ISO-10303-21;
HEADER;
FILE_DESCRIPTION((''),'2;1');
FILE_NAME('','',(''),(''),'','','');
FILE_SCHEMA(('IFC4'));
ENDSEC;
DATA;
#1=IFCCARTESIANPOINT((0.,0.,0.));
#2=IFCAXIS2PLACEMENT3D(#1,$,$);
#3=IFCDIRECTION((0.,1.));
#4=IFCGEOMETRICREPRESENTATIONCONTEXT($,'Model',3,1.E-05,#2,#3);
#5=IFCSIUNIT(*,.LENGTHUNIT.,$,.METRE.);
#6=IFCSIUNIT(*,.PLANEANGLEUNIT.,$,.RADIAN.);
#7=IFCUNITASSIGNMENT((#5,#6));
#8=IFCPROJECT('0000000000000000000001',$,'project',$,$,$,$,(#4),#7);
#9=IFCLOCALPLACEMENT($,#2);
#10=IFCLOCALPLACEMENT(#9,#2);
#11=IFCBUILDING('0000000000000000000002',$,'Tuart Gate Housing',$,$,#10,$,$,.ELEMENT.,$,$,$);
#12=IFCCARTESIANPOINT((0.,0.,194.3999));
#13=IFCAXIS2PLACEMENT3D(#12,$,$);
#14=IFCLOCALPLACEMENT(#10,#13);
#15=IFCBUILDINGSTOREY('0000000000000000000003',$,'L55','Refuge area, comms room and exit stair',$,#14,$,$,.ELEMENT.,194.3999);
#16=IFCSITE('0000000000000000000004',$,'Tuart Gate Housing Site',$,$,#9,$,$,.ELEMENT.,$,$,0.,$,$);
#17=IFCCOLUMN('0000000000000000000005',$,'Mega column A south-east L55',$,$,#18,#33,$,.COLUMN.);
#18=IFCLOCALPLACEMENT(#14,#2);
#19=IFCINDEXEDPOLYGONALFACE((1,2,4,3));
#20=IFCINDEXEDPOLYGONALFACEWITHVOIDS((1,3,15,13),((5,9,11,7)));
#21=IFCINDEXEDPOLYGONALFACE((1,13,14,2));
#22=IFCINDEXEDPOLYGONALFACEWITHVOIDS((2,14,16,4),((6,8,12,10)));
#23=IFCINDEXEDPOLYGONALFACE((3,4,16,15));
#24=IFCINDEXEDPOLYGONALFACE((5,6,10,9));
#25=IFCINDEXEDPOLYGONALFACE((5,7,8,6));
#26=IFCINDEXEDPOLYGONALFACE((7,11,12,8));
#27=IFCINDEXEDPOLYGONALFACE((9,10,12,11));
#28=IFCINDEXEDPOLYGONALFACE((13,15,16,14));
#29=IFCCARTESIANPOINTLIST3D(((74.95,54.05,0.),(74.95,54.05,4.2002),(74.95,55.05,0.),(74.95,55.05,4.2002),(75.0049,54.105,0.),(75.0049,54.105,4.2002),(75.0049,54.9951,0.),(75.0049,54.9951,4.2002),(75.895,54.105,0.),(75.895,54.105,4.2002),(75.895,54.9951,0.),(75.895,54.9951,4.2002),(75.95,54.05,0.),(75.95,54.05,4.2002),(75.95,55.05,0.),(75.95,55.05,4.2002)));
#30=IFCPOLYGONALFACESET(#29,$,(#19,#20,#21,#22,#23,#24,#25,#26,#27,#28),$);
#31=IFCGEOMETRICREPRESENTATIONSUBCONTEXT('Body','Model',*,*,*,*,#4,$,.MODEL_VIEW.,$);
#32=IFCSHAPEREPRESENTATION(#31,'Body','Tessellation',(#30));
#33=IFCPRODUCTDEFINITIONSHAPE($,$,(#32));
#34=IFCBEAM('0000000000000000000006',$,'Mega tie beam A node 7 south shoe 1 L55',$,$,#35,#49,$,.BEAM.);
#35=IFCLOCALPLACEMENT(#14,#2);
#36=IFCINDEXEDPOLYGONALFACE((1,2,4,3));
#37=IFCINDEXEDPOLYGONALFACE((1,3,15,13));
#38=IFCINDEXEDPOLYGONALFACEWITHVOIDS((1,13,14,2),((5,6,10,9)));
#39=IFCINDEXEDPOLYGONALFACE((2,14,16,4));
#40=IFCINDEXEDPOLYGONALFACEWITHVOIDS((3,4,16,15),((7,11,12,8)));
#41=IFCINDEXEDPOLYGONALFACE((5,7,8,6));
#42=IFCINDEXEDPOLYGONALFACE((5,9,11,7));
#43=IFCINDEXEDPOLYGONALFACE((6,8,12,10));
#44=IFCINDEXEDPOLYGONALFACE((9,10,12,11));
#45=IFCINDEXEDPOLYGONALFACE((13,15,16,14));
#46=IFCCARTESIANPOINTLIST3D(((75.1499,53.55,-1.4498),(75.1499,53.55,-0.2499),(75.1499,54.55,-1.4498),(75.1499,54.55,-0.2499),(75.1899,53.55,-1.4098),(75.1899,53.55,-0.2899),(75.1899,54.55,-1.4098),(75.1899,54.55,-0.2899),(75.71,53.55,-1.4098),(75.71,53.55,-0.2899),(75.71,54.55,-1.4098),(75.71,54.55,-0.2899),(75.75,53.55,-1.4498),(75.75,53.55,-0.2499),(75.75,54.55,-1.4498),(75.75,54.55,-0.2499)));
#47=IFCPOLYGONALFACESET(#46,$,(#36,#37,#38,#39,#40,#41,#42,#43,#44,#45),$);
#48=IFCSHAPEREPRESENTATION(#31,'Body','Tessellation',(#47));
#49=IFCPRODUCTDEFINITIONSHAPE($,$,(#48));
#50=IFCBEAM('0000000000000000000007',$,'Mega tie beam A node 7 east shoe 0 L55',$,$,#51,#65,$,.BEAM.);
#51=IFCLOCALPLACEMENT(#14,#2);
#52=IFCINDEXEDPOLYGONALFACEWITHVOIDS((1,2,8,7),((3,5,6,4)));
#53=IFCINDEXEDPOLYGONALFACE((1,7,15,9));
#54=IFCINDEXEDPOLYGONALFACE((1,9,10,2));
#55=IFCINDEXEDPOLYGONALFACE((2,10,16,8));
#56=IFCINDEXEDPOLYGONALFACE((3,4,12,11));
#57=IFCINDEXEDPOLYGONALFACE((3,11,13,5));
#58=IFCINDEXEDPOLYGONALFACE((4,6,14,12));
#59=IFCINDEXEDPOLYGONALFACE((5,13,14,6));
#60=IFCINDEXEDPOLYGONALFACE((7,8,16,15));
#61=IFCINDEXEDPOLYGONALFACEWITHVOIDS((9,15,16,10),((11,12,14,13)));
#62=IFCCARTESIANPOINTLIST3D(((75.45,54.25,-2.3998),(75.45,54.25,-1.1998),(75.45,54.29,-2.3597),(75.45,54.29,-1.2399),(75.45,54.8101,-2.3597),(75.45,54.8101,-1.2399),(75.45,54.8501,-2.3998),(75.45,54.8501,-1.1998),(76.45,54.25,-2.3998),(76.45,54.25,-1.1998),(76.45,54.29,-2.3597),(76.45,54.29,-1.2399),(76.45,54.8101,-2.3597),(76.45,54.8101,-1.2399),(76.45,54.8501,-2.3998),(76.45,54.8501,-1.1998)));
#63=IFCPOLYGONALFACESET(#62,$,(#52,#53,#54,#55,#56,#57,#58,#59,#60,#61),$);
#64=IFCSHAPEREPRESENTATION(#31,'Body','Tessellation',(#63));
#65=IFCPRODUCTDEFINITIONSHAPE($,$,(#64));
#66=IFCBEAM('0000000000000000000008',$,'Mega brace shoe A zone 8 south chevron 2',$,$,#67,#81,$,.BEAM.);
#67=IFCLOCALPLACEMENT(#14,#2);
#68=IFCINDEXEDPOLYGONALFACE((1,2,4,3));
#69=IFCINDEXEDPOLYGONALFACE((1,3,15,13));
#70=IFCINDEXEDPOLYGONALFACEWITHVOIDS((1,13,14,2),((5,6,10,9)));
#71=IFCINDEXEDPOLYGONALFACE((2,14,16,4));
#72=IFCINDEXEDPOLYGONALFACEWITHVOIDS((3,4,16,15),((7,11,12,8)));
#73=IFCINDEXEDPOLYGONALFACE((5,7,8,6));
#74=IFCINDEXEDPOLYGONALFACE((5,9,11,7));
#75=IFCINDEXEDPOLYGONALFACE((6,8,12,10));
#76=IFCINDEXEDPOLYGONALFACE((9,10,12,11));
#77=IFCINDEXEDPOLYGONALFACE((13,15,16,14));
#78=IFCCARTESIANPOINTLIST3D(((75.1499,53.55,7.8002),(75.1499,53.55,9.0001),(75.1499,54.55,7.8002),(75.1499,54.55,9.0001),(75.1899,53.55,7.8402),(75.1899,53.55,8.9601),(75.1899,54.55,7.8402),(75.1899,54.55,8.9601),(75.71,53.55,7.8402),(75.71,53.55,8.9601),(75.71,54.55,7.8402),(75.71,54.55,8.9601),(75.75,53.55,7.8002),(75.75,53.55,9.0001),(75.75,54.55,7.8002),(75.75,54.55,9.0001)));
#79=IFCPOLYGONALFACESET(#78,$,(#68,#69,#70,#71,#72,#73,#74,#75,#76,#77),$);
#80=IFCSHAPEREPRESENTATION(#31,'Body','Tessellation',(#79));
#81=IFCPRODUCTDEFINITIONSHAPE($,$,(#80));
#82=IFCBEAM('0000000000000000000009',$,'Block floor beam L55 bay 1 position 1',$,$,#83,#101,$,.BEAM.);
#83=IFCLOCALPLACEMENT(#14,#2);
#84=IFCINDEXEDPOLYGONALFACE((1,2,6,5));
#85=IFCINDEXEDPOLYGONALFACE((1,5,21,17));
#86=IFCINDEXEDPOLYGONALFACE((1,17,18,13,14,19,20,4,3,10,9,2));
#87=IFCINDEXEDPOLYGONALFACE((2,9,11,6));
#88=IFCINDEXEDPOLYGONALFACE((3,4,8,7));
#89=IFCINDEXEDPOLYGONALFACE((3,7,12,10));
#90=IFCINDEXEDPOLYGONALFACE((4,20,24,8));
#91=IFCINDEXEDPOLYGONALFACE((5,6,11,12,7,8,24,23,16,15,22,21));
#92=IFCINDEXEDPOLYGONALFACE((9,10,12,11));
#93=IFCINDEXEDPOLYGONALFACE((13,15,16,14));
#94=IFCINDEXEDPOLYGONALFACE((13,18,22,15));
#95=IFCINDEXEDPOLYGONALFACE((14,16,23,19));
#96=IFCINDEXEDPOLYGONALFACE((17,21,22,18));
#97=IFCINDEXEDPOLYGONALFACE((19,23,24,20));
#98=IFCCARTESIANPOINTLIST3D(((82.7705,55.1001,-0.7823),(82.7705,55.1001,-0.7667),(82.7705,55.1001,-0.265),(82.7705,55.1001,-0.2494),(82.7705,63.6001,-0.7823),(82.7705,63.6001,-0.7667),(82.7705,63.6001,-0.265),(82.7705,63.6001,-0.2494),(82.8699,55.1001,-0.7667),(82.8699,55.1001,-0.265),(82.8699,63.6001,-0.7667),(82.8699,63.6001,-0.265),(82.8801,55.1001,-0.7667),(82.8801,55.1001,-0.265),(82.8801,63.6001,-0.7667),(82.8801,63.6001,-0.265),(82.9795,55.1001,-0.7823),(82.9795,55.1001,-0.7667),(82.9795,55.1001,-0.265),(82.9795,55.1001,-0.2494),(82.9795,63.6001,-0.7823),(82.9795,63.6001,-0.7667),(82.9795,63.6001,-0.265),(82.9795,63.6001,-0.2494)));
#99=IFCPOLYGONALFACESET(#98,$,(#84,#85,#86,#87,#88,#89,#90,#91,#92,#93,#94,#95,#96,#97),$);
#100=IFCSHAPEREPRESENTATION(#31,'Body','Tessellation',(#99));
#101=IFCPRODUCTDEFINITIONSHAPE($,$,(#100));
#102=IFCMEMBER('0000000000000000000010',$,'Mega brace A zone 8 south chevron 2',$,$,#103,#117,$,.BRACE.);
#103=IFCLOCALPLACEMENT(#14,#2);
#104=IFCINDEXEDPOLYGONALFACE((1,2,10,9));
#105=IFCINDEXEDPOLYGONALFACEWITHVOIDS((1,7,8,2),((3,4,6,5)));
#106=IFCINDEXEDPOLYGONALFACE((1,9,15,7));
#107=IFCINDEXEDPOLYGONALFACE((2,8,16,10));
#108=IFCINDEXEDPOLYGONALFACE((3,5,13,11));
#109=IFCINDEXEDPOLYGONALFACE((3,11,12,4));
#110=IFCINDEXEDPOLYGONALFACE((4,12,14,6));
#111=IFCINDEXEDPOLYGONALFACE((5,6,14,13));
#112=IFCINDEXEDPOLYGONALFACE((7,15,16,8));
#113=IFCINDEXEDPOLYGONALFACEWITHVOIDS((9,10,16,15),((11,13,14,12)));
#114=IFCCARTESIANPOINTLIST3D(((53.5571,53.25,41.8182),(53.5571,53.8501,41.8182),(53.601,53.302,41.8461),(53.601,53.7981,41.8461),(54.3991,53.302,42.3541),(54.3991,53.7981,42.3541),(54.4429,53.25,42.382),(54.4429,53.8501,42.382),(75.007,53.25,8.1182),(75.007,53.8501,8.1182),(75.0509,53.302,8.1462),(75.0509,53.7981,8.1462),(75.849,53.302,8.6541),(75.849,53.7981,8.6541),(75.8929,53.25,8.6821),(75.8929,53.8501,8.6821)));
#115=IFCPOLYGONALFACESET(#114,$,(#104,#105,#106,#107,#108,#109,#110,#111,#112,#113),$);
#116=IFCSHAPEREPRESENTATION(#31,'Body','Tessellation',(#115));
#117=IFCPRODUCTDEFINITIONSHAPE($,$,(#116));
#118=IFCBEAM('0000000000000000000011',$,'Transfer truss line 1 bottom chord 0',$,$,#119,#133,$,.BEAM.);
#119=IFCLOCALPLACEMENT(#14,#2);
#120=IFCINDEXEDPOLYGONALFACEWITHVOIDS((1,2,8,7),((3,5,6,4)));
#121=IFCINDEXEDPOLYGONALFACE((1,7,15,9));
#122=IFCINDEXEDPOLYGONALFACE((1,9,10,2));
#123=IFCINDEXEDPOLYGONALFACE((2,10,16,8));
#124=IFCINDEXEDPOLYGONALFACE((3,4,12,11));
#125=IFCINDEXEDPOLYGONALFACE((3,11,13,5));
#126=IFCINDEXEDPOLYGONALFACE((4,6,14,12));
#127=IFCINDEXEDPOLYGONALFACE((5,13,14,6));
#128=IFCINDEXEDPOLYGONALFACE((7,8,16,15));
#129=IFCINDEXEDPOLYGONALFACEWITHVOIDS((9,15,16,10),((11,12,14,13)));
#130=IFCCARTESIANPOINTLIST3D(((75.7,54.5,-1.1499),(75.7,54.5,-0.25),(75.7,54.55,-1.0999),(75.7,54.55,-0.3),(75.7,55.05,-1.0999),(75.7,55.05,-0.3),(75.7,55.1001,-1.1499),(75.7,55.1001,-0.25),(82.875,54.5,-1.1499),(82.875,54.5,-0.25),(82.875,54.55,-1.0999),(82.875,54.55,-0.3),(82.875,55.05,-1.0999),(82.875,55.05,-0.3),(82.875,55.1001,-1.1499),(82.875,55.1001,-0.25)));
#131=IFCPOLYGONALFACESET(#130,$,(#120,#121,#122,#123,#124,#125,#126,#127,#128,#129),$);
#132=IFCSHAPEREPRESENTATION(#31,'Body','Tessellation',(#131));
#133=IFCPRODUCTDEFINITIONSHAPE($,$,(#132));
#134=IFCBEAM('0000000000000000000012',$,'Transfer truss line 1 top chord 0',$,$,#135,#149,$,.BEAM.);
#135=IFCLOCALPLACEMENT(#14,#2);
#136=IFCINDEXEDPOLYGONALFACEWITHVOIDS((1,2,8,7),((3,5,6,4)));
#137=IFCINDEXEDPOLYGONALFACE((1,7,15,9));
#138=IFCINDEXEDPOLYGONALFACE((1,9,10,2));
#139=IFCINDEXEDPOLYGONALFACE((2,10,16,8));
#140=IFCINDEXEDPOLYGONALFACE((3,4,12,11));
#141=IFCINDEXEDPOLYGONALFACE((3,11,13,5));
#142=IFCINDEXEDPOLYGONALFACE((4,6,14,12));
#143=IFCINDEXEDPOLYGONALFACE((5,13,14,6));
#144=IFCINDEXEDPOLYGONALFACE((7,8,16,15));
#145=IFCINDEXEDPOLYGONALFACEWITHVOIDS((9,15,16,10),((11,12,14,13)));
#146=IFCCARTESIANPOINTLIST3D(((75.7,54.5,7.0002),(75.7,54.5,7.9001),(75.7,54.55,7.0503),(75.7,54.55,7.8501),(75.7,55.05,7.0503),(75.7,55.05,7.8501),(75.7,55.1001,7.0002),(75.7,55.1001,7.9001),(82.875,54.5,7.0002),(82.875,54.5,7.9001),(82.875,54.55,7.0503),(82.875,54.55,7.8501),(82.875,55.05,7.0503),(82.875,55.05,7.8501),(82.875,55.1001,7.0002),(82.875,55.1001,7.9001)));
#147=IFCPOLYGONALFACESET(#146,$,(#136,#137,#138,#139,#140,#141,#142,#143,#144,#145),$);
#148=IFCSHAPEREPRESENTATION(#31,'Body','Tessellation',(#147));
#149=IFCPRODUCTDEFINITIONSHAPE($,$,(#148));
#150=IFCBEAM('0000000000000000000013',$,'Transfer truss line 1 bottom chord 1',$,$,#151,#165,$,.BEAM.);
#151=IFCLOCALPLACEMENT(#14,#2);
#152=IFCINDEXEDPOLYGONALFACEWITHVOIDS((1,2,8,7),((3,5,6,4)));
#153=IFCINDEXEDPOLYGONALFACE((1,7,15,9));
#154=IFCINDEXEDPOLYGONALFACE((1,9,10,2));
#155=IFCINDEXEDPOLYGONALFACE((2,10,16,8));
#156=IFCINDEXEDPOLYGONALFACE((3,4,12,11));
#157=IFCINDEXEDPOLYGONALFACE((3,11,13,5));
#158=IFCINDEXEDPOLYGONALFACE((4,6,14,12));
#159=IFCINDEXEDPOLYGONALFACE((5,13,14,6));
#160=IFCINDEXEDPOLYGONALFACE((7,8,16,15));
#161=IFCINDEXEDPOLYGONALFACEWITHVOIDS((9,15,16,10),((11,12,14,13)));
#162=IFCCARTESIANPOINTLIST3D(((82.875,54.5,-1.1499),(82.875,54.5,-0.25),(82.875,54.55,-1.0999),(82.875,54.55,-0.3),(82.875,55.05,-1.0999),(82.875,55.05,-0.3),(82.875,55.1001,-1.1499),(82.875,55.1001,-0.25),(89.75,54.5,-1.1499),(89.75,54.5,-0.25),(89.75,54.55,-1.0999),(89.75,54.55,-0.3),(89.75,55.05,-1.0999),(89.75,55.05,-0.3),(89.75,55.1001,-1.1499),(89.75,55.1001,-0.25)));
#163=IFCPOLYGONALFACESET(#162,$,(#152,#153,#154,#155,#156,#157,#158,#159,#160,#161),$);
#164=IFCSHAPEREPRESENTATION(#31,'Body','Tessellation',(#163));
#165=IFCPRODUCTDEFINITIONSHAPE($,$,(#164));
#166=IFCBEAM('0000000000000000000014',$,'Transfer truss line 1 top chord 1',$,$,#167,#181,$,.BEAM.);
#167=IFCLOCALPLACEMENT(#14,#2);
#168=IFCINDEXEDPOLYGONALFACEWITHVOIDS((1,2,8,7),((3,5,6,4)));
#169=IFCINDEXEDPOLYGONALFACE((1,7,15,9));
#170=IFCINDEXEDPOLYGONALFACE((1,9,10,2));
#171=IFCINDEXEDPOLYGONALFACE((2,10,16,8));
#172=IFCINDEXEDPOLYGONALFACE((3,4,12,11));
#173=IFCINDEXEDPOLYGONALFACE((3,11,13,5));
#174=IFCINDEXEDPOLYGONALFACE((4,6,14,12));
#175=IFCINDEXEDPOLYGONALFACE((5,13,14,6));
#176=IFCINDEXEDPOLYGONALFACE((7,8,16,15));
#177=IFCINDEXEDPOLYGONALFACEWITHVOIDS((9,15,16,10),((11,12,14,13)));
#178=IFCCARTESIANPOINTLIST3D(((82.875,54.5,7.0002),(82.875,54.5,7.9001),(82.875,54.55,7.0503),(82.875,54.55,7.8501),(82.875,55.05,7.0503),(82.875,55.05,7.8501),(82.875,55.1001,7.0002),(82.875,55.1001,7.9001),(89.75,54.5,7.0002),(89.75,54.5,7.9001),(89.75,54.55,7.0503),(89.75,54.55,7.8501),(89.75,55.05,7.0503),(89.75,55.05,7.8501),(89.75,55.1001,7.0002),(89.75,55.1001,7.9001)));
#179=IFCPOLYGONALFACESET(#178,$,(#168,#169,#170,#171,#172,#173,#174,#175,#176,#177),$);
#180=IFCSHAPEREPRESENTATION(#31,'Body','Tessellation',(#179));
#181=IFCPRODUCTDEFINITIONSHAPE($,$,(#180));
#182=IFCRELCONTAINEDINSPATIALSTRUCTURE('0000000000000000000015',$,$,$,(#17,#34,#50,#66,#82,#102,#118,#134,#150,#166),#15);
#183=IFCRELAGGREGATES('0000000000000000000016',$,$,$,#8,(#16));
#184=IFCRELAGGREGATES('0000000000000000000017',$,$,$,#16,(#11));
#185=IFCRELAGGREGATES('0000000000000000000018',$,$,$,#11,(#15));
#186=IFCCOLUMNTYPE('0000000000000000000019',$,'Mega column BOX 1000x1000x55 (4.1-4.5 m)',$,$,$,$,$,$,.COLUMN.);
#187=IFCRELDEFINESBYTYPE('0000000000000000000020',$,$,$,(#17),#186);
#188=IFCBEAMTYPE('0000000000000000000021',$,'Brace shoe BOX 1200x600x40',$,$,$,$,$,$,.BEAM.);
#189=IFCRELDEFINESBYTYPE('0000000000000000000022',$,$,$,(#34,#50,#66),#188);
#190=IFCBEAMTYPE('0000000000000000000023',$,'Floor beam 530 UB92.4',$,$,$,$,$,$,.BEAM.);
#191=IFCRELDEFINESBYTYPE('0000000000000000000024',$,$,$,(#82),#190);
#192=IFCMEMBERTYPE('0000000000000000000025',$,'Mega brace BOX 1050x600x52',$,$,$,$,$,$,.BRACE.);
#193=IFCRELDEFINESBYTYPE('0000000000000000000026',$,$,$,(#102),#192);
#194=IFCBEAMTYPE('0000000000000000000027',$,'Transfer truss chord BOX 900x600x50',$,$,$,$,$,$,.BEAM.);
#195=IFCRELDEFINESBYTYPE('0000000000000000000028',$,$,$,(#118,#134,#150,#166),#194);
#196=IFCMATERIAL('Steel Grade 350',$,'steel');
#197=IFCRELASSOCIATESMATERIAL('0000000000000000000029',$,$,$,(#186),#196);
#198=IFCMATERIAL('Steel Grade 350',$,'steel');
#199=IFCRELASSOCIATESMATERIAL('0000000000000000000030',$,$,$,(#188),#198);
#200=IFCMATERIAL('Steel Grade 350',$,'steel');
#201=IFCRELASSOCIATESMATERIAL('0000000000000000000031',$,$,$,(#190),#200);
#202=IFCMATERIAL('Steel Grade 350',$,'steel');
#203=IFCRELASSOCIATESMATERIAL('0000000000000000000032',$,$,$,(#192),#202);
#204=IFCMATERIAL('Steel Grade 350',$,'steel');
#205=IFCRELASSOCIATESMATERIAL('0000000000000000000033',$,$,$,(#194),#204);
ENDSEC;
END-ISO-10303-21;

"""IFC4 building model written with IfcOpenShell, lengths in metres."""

from ifc_helpers import new_model, si_unit, direction, frame, origin, origin_2d, place, context, subcontext, project, spatial, hollow_rectangle, i_section, extrude, material, material_profile, profile_set, type_object, element, save


model = new_model("IFC4")

# Units and contexts
model_context = context("Model", 3, precision=1e-05, world=origin(), true_north=direction((0.0, 1.0)))
body_context = subcontext(model_context, "Body", "Model", "MODEL_VIEW")
ifc_project = project(units=[si_unit("LENGTHUNIT", "METRE"), si_unit("PLANEANGLEUNIT", "RADIAN")], contexts=[model_context])

# Site, building, storey
site_placement = place(None, origin())
site = spatial("IfcSite", under=ifc_project, at=site_placement, Name="Tuart Gate Housing Site", CompositionType="ELEMENT", RefElevation=0.0)
building_placement = place(site_placement, origin())
building = spatial("IfcBuilding", under=site, at=building_placement, Name="Tuart Gate Housing", CompositionType="ELEMENT")
storey_placement = place(building_placement, frame((0.0, 0.0, 194.3999)))
storey = spatial("IfcBuildingStorey", under=building, at=storey_placement, Name="L55", Description="Refuge area, comms room and exit stair", CompositionType="ELEMENT", Elevation=194.3999)

# Column
ifc_material_1 = material(Name="Steel Grade 350", Category="steel")
ifc_material_profile_1 = material_profile(ifc_material_1, hollow_rectangle(XDim=1.0, YDim=1.0, WallThickness=0.0549, at=origin_2d()), Name="BOX 1000x1000x55")
ifc_profile_set_1 = profile_set([ifc_material_profile_1], Name="Steel Grade 350")
column_type = type_object("IfcColumnType", Name="Mega column BOX 1000x1000x55 (4.1-4.5 m)", PredefinedType="COLUMN", material=ifc_profile_set_1)
column_placement = place(storey_placement, frame((75.45, 54.55, 0.0), z_axis=(0.0, 0.0, 1.0), x_axis=(1.0, 0.0, 0.0)))
element("IfcColumn", 1, at=column_placement, inside=storey, type_object=column_type, Name="Mega column A south-east L55", PredefinedType="COLUMN", context=body_context, shape_type="SweptSolid", body=[
    extrude(hollow_rectangle(XDim=1.0, YDim=1.0, WallThickness=0.0549, at=origin_2d()), origin(), (0.0, 0.0, 1.0), 4.2002),
])

# Beams
ifc_material_2 = material(Name="Steel Grade 350", Category="steel")
ifc_material_profile_2 = material_profile(ifc_material_2, hollow_rectangle(XDim=0.6001, YDim=1.2, WallThickness=0.04, at=origin_2d()), Name="BOX 1200x600x40")
ifc_profile_set_2 = profile_set([ifc_material_profile_2], Name="Steel Grade 350")
beam_type_1 = type_object("IfcBeamType", Name="Brace shoe BOX 1200x600x40", PredefinedType="BEAM", material=ifc_profile_set_2)
for number, where, z_axis, x_axis, name in (
    (2, (75.45, 54.55, -0.8499), (0.0, -1.0, 0.0), (1.0, 0.0, 0.0), "Mega tie beam A node 7 south shoe 1 L55"),
    (3, (75.45, 54.55, -1.7998), (1.0, 0.0, 0.0), (0.0, 1.0, 0.0), "Mega tie beam A node 7 east shoe 0 L55"),
    (4, (75.45, 54.55, 8.4001), (0.0, -1.0, 0.0), (1.0, 0.0, 0.0), "Mega brace shoe A zone 8 south chevron 2"),
):
    element("IfcBeam", number, at=place(storey_placement, frame(where, z_axis=z_axis, x_axis=x_axis)), inside=storey, type_object=beam_type_1, Name=name, PredefinedType="BEAM", context=body_context, shape_type="SweptSolid", body=[
        extrude(hollow_rectangle(XDim=0.6001, YDim=1.2, WallThickness=0.04, at=origin_2d()), origin(), (0.0, 0.0, 1.0), 1.0),
    ])
ifc_material_3 = material(Name="Steel Grade 350", Category="steel")
ifc_material_profile_3 = material_profile(ifc_material_3, i_section(OverallWidth=0.209, OverallDepth=0.533, WebThickness=0.0103, FlangeThickness=0.0156, at=origin_2d()), Name="530UB92.4")
ifc_profile_set_3 = profile_set([ifc_material_profile_3], Name="Steel Grade 350")
beam_type_2 = type_object("IfcBeamType", Name="Floor beam 530 UB92.4", PredefinedType="BEAM", material=ifc_profile_set_3)
beam_1_placement = place(storey_placement, frame((82.875, 55.1001, -0.5159), z_axis=(0.0, 1.0, 0.0), x_axis=(-1.0, 0.0, 0.0)))
element("IfcBeam", 5, at=beam_1_placement, inside=storey, type_object=beam_type_2, Name="Block floor beam L55 bay 1 position 1", PredefinedType="BEAM", context=body_context, shape_type="SweptSolid", body=[
    extrude(i_section(OverallWidth=0.209, OverallDepth=0.533, WebThickness=0.0103, FlangeThickness=0.0156, at=origin_2d()), origin(), (0.0, 0.0, 1.0), 8.5),
])

# Member
ifc_material_4 = material(Name="Steel Grade 350", Category="steel")
ifc_material_profile_4 = material_profile(ifc_material_4, hollow_rectangle(XDim=0.6001, YDim=1.05, WallThickness=0.052, at=origin_2d()), Name="BOX 1050x600x52")
ifc_profile_set_4 = profile_set([ifc_material_profile_4], Name="Steel Grade 350")
member_type_1 = type_object("IfcMemberType", Name="Mega brace BOX 1050x600x52", PredefinedType="BRACE", material=ifc_profile_set_4)
member_1_placement = place(storey_placement, frame((75.45, 53.55, 8.4001), z_axis=(-0.536956, 0.0, 0.84361), x_axis=(0.0, -1.0, 0.0)))
element("IfcMember", 6, at=member_1_placement, inside=storey, type_object=member_type_1, Name="Mega brace A zone 8 south chevron 2", PredefinedType="BRACE", context=body_context, shape_type="SweptSolid", body=[
    extrude(hollow_rectangle(XDim=0.6001, YDim=1.05, WallThickness=0.052, at=origin_2d()), origin(), (0.0, 0.0, 1.0), 39.9473),
])

# Beams
ifc_material_5 = material(Name="Steel Grade 350", Category="steel")
ifc_material_profile_5 = material_profile(ifc_material_5, hollow_rectangle(XDim=0.6001, YDim=0.8999, WallThickness=0.05, at=origin_2d()), Name="BOX 900x600x50")
ifc_profile_set_5 = profile_set([ifc_material_profile_5], Name="Steel Grade 350")
beam_type_3 = type_object("IfcBeamType", Name="Transfer truss chord BOX 900x600x50", PredefinedType="BEAM", material=ifc_profile_set_5)
for number, where, z_axis, x_axis, name in (
    (7, (75.7, 54.8, -0.7), (1.0, 0.0, 0.0), (0.0, 1.0, 0.0), "Transfer truss line 1 bottom chord 0"),
    (8, (75.7, 54.8, 7.4502), (1.0, 0.0, 0.0), (0.0, 1.0, 0.0), "Transfer truss line 1 top chord 0"),
):
    element("IfcBeam", number, at=place(storey_placement, frame(where, z_axis=z_axis, x_axis=x_axis)), inside=storey, type_object=beam_type_3, Name=name, PredefinedType="BEAM", context=body_context, shape_type="SweptSolid", body=[
        extrude(hollow_rectangle(XDim=0.6001, YDim=0.8999, WallThickness=0.05, at=origin_2d()), origin(), (0.0, 0.0, 1.0), 7.175),
    ])
for number, where, z_axis, x_axis, name in (
    (9, (82.875, 54.8, -0.7), (1.0, 0.0, 0.0), (0.0, 1.0, 0.0), "Transfer truss line 1 bottom chord 1"),
    (10, (82.875, 54.8, 7.4502), (1.0, 0.0, 0.0), (0.0, 1.0, 0.0), "Transfer truss line 1 top chord 1"),
):
    element("IfcBeam", number, at=place(storey_placement, frame(where, z_axis=z_axis, x_axis=x_axis)), inside=storey, type_object=beam_type_3, Name=name, PredefinedType="BEAM", context=body_context, shape_type="SweptSolid", body=[
        extrude(hollow_rectangle(XDim=0.6001, YDim=0.8999, WallThickness=0.05, at=origin_2d()), origin(), (0.0, 0.0, 1.0), 6.875),
    ])

save(model, "model.ifc")
